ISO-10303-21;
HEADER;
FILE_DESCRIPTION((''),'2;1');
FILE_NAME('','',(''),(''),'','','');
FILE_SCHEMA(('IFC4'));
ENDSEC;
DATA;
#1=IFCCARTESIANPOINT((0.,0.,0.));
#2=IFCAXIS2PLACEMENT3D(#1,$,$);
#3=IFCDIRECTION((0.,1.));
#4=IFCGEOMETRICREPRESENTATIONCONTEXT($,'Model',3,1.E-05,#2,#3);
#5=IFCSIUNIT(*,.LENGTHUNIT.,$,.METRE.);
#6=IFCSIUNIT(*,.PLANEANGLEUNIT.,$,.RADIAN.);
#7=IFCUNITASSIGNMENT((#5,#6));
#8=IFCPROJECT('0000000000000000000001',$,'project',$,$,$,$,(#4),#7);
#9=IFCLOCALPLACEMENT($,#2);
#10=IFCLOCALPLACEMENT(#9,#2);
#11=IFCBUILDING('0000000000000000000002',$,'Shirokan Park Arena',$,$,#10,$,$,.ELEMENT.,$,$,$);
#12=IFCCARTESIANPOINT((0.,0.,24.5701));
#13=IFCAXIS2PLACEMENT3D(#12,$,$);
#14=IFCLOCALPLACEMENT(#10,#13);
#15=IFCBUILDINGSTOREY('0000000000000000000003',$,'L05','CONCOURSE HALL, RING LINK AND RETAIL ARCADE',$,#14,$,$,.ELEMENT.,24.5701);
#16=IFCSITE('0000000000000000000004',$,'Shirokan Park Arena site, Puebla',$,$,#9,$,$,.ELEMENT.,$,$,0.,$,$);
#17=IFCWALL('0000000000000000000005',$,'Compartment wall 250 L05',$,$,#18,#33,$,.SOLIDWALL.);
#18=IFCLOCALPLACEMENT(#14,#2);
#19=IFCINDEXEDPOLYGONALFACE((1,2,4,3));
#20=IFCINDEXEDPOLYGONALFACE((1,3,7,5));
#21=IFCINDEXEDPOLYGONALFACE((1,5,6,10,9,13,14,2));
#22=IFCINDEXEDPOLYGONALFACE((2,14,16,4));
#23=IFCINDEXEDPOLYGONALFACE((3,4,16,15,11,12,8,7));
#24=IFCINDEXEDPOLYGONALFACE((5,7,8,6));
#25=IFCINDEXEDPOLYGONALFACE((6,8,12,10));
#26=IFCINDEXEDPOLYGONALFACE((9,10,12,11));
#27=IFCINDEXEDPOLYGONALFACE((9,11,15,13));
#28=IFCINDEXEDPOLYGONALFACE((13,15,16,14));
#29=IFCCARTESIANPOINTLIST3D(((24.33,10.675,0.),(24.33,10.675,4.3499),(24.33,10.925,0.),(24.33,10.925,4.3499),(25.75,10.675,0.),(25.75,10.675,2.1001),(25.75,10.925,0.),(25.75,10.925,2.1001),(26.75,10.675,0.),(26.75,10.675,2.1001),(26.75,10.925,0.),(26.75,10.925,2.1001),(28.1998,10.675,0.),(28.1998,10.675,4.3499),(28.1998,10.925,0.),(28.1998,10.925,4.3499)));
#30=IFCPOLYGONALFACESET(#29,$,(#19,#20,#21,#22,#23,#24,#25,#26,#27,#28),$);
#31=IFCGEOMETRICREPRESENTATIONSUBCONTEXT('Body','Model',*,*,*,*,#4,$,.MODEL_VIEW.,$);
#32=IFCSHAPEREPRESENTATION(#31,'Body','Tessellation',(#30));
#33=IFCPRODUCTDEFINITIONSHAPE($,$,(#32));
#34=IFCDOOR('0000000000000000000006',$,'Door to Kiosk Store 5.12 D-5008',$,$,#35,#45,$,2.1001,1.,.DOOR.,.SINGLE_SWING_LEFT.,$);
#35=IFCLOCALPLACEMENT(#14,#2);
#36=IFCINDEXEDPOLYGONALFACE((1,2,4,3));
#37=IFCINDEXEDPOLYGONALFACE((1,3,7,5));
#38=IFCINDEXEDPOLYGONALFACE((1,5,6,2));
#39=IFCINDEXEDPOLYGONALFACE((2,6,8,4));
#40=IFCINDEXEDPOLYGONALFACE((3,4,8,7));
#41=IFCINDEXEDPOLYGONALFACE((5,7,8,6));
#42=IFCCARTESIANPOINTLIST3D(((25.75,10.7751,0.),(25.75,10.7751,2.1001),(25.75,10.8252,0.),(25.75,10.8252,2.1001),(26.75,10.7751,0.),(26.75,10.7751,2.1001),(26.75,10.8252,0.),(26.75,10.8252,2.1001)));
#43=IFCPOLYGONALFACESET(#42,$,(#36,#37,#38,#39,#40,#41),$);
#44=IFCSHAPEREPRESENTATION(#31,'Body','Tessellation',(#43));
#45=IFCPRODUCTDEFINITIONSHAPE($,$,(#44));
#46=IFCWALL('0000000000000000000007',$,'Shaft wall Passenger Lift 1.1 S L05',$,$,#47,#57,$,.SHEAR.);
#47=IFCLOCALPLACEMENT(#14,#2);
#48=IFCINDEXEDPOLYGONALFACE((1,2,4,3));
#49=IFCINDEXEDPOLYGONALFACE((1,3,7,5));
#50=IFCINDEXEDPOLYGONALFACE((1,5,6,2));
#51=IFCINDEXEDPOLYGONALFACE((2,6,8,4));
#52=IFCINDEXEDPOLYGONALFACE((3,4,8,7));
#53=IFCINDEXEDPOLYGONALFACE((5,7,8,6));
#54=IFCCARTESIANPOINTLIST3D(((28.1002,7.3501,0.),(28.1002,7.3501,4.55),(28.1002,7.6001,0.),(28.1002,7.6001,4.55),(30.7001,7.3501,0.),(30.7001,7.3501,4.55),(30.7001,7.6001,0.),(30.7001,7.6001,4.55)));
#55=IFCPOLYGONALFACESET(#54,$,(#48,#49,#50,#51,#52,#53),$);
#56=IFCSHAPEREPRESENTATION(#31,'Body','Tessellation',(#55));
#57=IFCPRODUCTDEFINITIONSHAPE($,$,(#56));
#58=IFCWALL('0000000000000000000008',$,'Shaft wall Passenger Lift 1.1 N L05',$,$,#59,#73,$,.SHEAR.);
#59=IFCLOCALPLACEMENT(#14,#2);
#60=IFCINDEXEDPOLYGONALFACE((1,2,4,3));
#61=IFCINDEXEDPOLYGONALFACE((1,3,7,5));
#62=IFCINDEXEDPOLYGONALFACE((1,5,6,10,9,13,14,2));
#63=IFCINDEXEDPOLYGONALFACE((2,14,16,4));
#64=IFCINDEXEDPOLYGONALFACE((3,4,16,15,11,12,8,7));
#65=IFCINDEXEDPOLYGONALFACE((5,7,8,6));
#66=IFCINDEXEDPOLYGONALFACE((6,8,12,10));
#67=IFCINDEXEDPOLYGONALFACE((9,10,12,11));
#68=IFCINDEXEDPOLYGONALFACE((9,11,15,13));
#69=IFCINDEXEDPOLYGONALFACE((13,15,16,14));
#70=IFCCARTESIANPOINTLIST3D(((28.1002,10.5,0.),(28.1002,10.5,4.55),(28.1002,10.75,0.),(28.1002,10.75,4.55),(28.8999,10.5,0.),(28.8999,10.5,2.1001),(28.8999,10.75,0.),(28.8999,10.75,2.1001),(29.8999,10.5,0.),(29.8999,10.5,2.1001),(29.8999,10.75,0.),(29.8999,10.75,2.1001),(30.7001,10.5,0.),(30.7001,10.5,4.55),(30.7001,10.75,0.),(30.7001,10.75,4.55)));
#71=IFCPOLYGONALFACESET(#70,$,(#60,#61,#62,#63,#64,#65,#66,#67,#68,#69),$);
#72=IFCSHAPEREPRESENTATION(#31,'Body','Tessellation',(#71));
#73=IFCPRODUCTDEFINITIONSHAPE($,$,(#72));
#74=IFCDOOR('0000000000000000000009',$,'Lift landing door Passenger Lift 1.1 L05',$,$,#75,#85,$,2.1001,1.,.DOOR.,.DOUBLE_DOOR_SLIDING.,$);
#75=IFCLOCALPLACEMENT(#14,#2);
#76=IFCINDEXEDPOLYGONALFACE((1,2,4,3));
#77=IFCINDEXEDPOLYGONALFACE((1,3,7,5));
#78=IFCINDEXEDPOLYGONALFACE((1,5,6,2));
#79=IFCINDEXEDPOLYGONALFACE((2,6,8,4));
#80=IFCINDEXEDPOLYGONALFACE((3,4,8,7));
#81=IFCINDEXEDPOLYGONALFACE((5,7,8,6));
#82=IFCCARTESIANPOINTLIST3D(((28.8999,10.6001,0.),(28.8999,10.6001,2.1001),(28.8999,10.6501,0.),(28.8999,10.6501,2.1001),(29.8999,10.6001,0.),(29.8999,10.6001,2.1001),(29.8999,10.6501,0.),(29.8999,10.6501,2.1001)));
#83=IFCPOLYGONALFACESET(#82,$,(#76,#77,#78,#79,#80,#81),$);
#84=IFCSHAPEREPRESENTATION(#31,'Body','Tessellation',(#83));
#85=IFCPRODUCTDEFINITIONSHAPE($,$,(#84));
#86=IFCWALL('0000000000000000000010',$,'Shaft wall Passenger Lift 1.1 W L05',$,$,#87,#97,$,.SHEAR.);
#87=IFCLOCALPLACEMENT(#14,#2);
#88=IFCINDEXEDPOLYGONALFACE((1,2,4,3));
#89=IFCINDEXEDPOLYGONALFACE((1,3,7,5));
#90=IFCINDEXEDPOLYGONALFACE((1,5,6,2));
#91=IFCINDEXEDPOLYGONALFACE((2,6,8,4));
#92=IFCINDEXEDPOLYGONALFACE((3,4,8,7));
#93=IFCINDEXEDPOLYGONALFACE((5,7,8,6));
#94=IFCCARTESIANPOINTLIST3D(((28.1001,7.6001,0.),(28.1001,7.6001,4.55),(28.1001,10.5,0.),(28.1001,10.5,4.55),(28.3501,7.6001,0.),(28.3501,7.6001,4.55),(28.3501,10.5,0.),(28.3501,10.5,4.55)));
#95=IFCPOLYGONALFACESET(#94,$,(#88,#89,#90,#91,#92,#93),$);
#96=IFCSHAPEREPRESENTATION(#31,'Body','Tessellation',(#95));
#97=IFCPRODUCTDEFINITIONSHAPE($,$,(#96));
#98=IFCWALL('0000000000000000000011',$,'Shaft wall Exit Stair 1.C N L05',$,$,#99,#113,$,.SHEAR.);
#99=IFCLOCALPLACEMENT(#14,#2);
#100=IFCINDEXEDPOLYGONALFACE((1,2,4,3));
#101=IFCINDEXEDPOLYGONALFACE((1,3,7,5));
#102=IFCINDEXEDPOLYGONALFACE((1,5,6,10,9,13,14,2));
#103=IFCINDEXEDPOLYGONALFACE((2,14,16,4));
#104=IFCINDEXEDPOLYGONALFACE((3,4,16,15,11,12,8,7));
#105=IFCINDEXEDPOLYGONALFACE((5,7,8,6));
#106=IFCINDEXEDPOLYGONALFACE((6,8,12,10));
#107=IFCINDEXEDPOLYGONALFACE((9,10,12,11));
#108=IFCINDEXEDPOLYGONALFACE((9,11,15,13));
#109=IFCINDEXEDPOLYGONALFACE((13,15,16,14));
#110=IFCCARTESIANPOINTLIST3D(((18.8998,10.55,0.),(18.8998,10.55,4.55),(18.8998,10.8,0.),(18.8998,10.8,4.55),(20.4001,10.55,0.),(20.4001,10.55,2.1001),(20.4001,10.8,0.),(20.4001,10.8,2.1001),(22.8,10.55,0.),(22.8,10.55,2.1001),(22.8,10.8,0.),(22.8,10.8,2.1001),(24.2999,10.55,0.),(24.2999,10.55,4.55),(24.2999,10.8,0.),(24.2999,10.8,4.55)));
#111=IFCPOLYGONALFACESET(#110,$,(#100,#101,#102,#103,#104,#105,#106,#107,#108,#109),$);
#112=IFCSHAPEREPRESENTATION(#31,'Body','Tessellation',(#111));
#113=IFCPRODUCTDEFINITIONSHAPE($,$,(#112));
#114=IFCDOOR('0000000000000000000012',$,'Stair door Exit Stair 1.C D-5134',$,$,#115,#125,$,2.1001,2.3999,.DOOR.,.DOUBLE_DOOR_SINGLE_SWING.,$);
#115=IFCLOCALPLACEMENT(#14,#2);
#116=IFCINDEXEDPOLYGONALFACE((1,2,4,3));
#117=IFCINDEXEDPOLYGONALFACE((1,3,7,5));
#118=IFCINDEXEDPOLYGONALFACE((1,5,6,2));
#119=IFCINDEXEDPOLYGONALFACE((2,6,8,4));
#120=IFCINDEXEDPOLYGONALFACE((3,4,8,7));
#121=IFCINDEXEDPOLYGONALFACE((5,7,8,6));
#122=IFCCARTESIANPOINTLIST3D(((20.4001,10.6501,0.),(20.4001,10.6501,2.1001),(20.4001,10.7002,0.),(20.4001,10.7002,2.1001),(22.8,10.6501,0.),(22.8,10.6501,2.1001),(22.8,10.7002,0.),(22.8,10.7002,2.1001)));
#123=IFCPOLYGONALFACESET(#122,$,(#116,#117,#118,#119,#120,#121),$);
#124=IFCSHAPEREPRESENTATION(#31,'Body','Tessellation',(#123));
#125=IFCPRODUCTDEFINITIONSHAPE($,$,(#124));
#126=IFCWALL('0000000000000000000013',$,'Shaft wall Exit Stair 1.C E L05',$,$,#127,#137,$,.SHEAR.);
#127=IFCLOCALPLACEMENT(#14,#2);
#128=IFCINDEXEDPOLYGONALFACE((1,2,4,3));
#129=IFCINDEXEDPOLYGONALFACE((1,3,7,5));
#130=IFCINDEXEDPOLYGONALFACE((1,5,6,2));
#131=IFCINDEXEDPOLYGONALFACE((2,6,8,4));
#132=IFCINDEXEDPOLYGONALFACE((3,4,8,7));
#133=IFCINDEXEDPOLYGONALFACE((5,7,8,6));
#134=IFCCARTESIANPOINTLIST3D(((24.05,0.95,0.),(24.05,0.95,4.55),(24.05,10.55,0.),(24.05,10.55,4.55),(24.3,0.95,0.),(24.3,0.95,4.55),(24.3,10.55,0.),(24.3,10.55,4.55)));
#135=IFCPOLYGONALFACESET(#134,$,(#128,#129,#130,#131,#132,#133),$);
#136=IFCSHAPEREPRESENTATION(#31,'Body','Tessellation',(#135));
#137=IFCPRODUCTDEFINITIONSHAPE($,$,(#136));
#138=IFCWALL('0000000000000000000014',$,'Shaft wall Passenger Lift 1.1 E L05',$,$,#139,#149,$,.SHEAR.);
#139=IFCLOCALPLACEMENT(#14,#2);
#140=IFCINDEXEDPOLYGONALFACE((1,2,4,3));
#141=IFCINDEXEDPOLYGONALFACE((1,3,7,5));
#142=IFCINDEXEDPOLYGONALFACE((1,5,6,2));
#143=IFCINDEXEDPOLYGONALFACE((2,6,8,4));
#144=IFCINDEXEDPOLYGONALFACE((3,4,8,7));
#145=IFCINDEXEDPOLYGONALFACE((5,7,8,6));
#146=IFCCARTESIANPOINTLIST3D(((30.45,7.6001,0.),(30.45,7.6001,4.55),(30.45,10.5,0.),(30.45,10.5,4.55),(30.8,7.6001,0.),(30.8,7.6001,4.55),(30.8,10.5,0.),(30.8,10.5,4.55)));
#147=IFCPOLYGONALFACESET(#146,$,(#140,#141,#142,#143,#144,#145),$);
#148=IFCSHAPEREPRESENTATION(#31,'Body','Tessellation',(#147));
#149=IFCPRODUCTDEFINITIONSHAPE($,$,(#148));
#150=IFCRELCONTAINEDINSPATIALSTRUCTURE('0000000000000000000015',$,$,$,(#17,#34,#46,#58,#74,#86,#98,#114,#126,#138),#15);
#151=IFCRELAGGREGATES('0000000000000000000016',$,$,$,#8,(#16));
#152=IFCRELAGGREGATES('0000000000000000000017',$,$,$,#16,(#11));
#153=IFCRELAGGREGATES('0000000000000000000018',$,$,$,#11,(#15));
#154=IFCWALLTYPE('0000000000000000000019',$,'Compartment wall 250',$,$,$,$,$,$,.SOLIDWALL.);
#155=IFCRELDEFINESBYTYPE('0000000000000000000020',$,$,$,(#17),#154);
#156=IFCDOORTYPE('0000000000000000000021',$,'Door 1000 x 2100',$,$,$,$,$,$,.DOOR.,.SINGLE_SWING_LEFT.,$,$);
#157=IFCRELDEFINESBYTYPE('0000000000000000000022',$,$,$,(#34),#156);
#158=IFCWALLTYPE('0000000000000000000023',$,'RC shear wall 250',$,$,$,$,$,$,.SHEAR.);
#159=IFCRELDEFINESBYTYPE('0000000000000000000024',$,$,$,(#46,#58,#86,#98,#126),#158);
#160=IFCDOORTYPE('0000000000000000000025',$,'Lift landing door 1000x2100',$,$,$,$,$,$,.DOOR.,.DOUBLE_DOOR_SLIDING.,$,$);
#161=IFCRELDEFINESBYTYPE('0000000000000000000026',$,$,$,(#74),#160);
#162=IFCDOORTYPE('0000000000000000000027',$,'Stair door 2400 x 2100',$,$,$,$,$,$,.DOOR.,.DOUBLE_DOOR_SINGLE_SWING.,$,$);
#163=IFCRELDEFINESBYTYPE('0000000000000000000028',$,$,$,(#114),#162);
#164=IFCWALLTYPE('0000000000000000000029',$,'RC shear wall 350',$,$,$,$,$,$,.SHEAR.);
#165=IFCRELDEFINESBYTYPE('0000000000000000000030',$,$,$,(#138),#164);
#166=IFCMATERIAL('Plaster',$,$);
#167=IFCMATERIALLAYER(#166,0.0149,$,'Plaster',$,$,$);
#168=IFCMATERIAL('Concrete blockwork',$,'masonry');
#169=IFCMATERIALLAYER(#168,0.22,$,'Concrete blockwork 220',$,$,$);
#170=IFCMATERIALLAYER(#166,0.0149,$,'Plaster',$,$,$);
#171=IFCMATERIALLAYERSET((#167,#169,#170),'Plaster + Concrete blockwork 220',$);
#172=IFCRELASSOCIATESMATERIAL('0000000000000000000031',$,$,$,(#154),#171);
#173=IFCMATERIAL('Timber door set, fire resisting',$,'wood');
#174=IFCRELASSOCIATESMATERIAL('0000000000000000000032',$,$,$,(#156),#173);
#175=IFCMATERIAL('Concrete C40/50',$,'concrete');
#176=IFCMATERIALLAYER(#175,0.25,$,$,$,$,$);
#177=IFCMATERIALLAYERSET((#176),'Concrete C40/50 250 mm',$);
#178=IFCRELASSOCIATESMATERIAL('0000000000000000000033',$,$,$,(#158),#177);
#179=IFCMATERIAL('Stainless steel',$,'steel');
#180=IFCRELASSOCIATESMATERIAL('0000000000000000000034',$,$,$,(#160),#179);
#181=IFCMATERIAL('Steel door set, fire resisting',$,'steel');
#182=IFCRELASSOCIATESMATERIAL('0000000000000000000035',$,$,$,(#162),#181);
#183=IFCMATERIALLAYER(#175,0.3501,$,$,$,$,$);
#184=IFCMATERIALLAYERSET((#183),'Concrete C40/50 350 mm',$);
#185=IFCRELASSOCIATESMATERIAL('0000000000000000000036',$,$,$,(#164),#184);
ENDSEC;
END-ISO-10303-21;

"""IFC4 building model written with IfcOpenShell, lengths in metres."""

from ifc_helpers import new_model, si_unit, direction, frame, frame_2d, origin, place, context, subcontext, project, spatial, rectangle, extrude, material, layer, layer_set, type_object, element, fill, save


model = new_model("IFC4")

# Units and contexts
model_context = context("Model", 3, precision=1e-05, world=origin(), true_north=direction((0.0, 1.0)))
body_context = subcontext(model_context, "Body", "Model", "MODEL_VIEW")
ifc_project = project(units=[si_unit("LENGTHUNIT", "METRE"), si_unit("PLANEANGLEUNIT", "RADIAN")], contexts=[model_context])

# Site, building, storey
site_placement = place(None, origin())
site = spatial("IfcSite", under=ifc_project, at=site_placement, Name="Shirokan Park Arena site, Puebla", CompositionType="ELEMENT", RefElevation=0.0)
building_placement = place(site_placement, origin())
building = spatial("IfcBuilding", under=site, at=building_placement, Name="Shirokan Park Arena", CompositionType="ELEMENT")
storey_placement = place(building_placement, frame((0.0, 0.0, 24.5701)))
storey = spatial("IfcBuildingStorey", under=building, at=storey_placement, Name="L05", Description="CONCOURSE HALL, RING LINK AND RETAIL ARCADE", CompositionType="ELEMENT", Elevation=24.5701)

# Shared definitions
ifc_material_1 = material(Name="Plaster")
ifc_layer_1 = layer(ifc_material_1, 0.0149, Name="Plaster")
ifc_material_2 = material(Name="Concrete blockwork", Category="masonry")
ifc_layer_2 = layer(ifc_material_2, 0.22, Name="Concrete blockwork 220")
ifc_layer_3 = layer(ifc_material_1, 0.0149, Name="Plaster")
ifc_layer_set_1 = layer_set([ifc_layer_1, ifc_layer_2, ifc_layer_3], Name="Plaster + Concrete blockwork 220")
wall_type_1 = type_object("IfcWallType", Name="Compartment wall 250", PredefinedType="SOLIDWALL", material=ifc_layer_set_1)

# Shared definitions
ifc_material_3 = material(Name="Timber door set, fire resisting", Category="wood")

# Wall, opening, door
wall_1_placement = place(storey_placement, frame((28.2, 10.8, 0.0), z_axis=(0.0, 0.0, 1.0), x_axis=(-1.0, 0.0, 0.0)))
wall_1 = element("IfcWall", 1, at=wall_1_placement, inside=storey, type_object=wall_type_1, Name="Compartment wall 250 L05", PredefinedType="SOLIDWALL", context=body_context, shape_type="SweptSolid", body=[
    extrude(rectangle(XDim=3.8699, YDim=0.25, at=frame_2d((1.9351, 0.0))), origin(), (0.0, 0.0, 1.0), 4.3499),
])
opening_1_placement = place(wall_1_placement, frame((1.45, 0.0, 0.0)))
opening_1 = element("IfcOpeningElement", 2, at=opening_1_placement, cuts=wall_1, PredefinedType="OPENING", context=body_context, shape_type="SweptSolid", body=[
    extrude(rectangle(XDim=1.0, YDim=2.1001, at=frame_2d((0.5, 1.05))), frame((0.0, 0.135, 0.0), z_axis=(0.0, -1.0, 0.0), x_axis=(1.0, 0.0, 0.0)), (0.0, 0.0, 1.0), 0.27),
])
door_type_1 = type_object("IfcDoorType", Name="Door 1000 x 2100", OperationType="SINGLE_SWING_LEFT", PredefinedType="DOOR", material=ifc_material_3)
door_1_placement = place(opening_1_placement, origin())
door_1 = element("IfcDoor", 3, at=door_1_placement, inside=storey, type_object=door_type_1, Name="Door to Kiosk Store 5.12 D-5008", OperationType="SINGLE_SWING_LEFT", OverallHeight=2.1001, OverallWidth=1.0, PredefinedType="DOOR", context=body_context, shape_type="SweptSolid", body=[
    extrude(rectangle(XDim=1.0, YDim=2.1001, at=frame_2d((0.5, 1.05))), frame((0.0, 0.0249, 0.0), z_axis=(0.0, -1.0, 0.0), x_axis=(1.0, 0.0, 0.0)), (0.0, 0.0, 1.0), 0.05),
])
fill(opening_1, door_1)

# Wall
ifc_material_4 = material(Name="Concrete C40/50", Category="concrete")
ifc_layer_4 = layer(ifc_material_4, 0.25)
ifc_layer_set_2 = layer_set([ifc_layer_4], Name="Concrete C40/50 250 mm")
wall_type_2 = type_object("IfcWallType", Name="RC shear wall 250", PredefinedType="SHEAR", material=ifc_layer_set_2)
wall_2_placement = place(storey_placement, frame((30.7, 7.4751, 0.0), z_axis=(0.0, 0.0, 1.0), x_axis=(-1.0, 0.0, 0.0)))
element("IfcWall", 4, at=wall_2_placement, inside=storey, type_object=wall_type_2, Name="Shaft wall Passenger Lift 1.1 S L05", PredefinedType="SHEAR", context=body_context, shape_type="SweptSolid", body=[
    extrude(rectangle(XDim=2.5999, YDim=0.25, at=frame_2d((1.2998, 0.0))), origin(), (0.0, 0.0, 1.0), 4.55),
])

# Wall, opening, door
wall_3_placement = place(storey_placement, frame((30.7, 10.625, 0.0), z_axis=(0.0, 0.0, 1.0), x_axis=(-1.0, 0.0, 0.0)))
wall_3 = element("IfcWall", 5, at=wall_3_placement, inside=storey, type_object=wall_type_2, Name="Shaft wall Passenger Lift 1.1 N L05", PredefinedType="SHEAR", context=body_context, shape_type="SweptSolid", body=[
    extrude(rectangle(XDim=2.5999, YDim=0.25, at=frame_2d((1.2998, 0.0))), origin(), (0.0, 0.0, 1.0), 4.55),
])
opening_2_placement = place(wall_3_placement, frame((0.8, 0.0, 0.0)))
opening_2 = element("IfcOpeningElement", 6, at=opening_2_placement, cuts=wall_3, PredefinedType="OPENING", context=body_context, shape_type="SweptSolid", body=[
    extrude(rectangle(XDim=1.0, YDim=2.1001, at=frame_2d((0.5, 1.05))), frame((0.0, 0.135, 0.0), z_axis=(0.0, -1.0, 0.0), x_axis=(1.0, 0.0, 0.0)), (0.0, 0.0, 1.0), 0.27),
])
ifc_material_5 = material(Name="Stainless steel", Category="steel")
door_type_2 = type_object("IfcDoorType", Name="Lift landing door 1000x2100", OperationType="DOUBLE_DOOR_SLIDING", PredefinedType="DOOR", material=ifc_material_5)
door_2_placement = place(opening_2_placement, origin())
door_2 = element("IfcDoor", 7, at=door_2_placement, inside=storey, type_object=door_type_2, Name="Lift landing door Passenger Lift 1.1 L05", OperationType="DOUBLE_DOOR_SLIDING", OverallHeight=2.1001, OverallWidth=1.0, PredefinedType="DOOR", context=body_context, shape_type="SweptSolid", body=[
    extrude(rectangle(XDim=1.0, YDim=2.1001, at=frame_2d((0.5, 1.05))), frame((0.0, 0.0249, 0.0), z_axis=(0.0, -1.0, 0.0), x_axis=(1.0, 0.0, 0.0)), (0.0, 0.0, 1.0), 0.05),
])
fill(opening_2, door_2)

# Wall
wall_4_placement = place(storey_placement, frame((28.2251, 10.5, 0.0), z_axis=(0.0, 0.0, 1.0), x_axis=(0.0, -1.0, 0.0)))
element("IfcWall", 8, at=wall_4_placement, inside=storey, type_object=wall_type_2, Name="Shaft wall Passenger Lift 1.1 W L05", PredefinedType="SHEAR", context=body_context, shape_type="SweptSolid", body=[
    extrude(rectangle(XDim=2.8999, YDim=0.25, at=frame_2d((1.45, 0.0))), origin(), (0.0, 0.0, 1.0), 4.55),
])

# Wall, opening, door
wall_5_placement = place(storey_placement, frame((24.3, 10.675, 0.0), z_axis=(0.0, 0.0, 1.0), x_axis=(-1.0, 0.0, 0.0)))
wall_5 = element("IfcWall", 9, at=wall_5_placement, inside=storey, type_object=wall_type_2, Name="Shaft wall Exit Stair 1.C N L05", PredefinedType="SHEAR", context=body_context, shape_type="SweptSolid", body=[
    extrude(rectangle(XDim=5.4001, YDim=0.25, at=frame_2d((2.7002, 0.0))), origin(), (0.0, 0.0, 1.0), 4.55),
])
opening_3_placement = place(wall_5_placement, frame((1.5, 0.0, 0.0)))
opening_3 = element("IfcOpeningElement", 10, at=opening_3_placement, cuts=wall_5, PredefinedType="OPENING", context=body_context, shape_type="SweptSolid", body=[
    extrude(rectangle(XDim=2.3999, YDim=2.1001, at=frame_2d((1.2, 1.05))), frame((0.0, 0.135, 0.0), z_axis=(0.0, -1.0, 0.0), x_axis=(1.0, 0.0, 0.0)), (0.0, 0.0, 1.0), 0.27),
])
ifc_material_6 = material(Name="Steel door set, fire resisting", Category="steel")
door_type_3 = type_object("IfcDoorType", Name="Stair door 2400 x 2100", OperationType="DOUBLE_DOOR_SINGLE_SWING", PredefinedType="DOOR", material=ifc_material_6)
door_3_placement = place(opening_3_placement, origin())
door_3 = element("IfcDoor", 11, at=door_3_placement, inside=storey, type_object=door_type_3, Name="Stair door Exit Stair 1.C D-5134", OperationType="DOUBLE_DOOR_SINGLE_SWING", OverallHeight=2.1001, OverallWidth=2.3999, PredefinedType="DOOR", context=body_context, shape_type="SweptSolid", body=[
    extrude(rectangle(XDim=2.3999, YDim=2.1001, at=frame_2d((1.2, 1.05))), frame((0.0, 0.0249, 0.0), z_axis=(0.0, -1.0, 0.0), x_axis=(1.0, 0.0, 0.0)), (0.0, 0.0, 1.0), 0.05),
])
fill(opening_3, door_3)

# Walls
wall_6_placement = place(storey_placement, frame((24.175, 10.55, 0.0), z_axis=(0.0, 0.0, 1.0), x_axis=(0.0, -1.0, 0.0)))
element("IfcWall", 12, at=wall_6_placement, inside=storey, type_object=wall_type_2, Name="Shaft wall Exit Stair 1.C E L05", PredefinedType="SHEAR", context=body_context, shape_type="SweptSolid", body=[
    extrude(rectangle(XDim=9.6001, YDim=0.25, at=frame_2d((4.8, 0.0))), origin(), (0.0, 0.0, 1.0), 4.55),
])
ifc_layer_5 = layer(ifc_material_4, 0.3501)
ifc_layer_set_3 = layer_set([ifc_layer_5], Name="Concrete C40/50 350 mm")
wall_type_3 = type_object("IfcWallType", Name="RC shear wall 350", PredefinedType="SHEAR", material=ifc_layer_set_3)
wall_7_placement = place(storey_placement, frame((30.625, 10.5, 0.0), z_axis=(0.0, 0.0, 1.0), x_axis=(0.0, -1.0, 0.0)))
element("IfcWall", 13, at=wall_7_placement, inside=storey, type_object=wall_type_3, Name="Shaft wall Passenger Lift 1.1 E L05", PredefinedType="SHEAR", context=body_context, shape_type="SweptSolid", body=[
    extrude(rectangle(XDim=2.8999, YDim=0.3501, at=frame_2d((1.45, 0.0))), origin(), (0.0, 0.0, 1.0), 4.55),
])

save(model, "model.ifc")
